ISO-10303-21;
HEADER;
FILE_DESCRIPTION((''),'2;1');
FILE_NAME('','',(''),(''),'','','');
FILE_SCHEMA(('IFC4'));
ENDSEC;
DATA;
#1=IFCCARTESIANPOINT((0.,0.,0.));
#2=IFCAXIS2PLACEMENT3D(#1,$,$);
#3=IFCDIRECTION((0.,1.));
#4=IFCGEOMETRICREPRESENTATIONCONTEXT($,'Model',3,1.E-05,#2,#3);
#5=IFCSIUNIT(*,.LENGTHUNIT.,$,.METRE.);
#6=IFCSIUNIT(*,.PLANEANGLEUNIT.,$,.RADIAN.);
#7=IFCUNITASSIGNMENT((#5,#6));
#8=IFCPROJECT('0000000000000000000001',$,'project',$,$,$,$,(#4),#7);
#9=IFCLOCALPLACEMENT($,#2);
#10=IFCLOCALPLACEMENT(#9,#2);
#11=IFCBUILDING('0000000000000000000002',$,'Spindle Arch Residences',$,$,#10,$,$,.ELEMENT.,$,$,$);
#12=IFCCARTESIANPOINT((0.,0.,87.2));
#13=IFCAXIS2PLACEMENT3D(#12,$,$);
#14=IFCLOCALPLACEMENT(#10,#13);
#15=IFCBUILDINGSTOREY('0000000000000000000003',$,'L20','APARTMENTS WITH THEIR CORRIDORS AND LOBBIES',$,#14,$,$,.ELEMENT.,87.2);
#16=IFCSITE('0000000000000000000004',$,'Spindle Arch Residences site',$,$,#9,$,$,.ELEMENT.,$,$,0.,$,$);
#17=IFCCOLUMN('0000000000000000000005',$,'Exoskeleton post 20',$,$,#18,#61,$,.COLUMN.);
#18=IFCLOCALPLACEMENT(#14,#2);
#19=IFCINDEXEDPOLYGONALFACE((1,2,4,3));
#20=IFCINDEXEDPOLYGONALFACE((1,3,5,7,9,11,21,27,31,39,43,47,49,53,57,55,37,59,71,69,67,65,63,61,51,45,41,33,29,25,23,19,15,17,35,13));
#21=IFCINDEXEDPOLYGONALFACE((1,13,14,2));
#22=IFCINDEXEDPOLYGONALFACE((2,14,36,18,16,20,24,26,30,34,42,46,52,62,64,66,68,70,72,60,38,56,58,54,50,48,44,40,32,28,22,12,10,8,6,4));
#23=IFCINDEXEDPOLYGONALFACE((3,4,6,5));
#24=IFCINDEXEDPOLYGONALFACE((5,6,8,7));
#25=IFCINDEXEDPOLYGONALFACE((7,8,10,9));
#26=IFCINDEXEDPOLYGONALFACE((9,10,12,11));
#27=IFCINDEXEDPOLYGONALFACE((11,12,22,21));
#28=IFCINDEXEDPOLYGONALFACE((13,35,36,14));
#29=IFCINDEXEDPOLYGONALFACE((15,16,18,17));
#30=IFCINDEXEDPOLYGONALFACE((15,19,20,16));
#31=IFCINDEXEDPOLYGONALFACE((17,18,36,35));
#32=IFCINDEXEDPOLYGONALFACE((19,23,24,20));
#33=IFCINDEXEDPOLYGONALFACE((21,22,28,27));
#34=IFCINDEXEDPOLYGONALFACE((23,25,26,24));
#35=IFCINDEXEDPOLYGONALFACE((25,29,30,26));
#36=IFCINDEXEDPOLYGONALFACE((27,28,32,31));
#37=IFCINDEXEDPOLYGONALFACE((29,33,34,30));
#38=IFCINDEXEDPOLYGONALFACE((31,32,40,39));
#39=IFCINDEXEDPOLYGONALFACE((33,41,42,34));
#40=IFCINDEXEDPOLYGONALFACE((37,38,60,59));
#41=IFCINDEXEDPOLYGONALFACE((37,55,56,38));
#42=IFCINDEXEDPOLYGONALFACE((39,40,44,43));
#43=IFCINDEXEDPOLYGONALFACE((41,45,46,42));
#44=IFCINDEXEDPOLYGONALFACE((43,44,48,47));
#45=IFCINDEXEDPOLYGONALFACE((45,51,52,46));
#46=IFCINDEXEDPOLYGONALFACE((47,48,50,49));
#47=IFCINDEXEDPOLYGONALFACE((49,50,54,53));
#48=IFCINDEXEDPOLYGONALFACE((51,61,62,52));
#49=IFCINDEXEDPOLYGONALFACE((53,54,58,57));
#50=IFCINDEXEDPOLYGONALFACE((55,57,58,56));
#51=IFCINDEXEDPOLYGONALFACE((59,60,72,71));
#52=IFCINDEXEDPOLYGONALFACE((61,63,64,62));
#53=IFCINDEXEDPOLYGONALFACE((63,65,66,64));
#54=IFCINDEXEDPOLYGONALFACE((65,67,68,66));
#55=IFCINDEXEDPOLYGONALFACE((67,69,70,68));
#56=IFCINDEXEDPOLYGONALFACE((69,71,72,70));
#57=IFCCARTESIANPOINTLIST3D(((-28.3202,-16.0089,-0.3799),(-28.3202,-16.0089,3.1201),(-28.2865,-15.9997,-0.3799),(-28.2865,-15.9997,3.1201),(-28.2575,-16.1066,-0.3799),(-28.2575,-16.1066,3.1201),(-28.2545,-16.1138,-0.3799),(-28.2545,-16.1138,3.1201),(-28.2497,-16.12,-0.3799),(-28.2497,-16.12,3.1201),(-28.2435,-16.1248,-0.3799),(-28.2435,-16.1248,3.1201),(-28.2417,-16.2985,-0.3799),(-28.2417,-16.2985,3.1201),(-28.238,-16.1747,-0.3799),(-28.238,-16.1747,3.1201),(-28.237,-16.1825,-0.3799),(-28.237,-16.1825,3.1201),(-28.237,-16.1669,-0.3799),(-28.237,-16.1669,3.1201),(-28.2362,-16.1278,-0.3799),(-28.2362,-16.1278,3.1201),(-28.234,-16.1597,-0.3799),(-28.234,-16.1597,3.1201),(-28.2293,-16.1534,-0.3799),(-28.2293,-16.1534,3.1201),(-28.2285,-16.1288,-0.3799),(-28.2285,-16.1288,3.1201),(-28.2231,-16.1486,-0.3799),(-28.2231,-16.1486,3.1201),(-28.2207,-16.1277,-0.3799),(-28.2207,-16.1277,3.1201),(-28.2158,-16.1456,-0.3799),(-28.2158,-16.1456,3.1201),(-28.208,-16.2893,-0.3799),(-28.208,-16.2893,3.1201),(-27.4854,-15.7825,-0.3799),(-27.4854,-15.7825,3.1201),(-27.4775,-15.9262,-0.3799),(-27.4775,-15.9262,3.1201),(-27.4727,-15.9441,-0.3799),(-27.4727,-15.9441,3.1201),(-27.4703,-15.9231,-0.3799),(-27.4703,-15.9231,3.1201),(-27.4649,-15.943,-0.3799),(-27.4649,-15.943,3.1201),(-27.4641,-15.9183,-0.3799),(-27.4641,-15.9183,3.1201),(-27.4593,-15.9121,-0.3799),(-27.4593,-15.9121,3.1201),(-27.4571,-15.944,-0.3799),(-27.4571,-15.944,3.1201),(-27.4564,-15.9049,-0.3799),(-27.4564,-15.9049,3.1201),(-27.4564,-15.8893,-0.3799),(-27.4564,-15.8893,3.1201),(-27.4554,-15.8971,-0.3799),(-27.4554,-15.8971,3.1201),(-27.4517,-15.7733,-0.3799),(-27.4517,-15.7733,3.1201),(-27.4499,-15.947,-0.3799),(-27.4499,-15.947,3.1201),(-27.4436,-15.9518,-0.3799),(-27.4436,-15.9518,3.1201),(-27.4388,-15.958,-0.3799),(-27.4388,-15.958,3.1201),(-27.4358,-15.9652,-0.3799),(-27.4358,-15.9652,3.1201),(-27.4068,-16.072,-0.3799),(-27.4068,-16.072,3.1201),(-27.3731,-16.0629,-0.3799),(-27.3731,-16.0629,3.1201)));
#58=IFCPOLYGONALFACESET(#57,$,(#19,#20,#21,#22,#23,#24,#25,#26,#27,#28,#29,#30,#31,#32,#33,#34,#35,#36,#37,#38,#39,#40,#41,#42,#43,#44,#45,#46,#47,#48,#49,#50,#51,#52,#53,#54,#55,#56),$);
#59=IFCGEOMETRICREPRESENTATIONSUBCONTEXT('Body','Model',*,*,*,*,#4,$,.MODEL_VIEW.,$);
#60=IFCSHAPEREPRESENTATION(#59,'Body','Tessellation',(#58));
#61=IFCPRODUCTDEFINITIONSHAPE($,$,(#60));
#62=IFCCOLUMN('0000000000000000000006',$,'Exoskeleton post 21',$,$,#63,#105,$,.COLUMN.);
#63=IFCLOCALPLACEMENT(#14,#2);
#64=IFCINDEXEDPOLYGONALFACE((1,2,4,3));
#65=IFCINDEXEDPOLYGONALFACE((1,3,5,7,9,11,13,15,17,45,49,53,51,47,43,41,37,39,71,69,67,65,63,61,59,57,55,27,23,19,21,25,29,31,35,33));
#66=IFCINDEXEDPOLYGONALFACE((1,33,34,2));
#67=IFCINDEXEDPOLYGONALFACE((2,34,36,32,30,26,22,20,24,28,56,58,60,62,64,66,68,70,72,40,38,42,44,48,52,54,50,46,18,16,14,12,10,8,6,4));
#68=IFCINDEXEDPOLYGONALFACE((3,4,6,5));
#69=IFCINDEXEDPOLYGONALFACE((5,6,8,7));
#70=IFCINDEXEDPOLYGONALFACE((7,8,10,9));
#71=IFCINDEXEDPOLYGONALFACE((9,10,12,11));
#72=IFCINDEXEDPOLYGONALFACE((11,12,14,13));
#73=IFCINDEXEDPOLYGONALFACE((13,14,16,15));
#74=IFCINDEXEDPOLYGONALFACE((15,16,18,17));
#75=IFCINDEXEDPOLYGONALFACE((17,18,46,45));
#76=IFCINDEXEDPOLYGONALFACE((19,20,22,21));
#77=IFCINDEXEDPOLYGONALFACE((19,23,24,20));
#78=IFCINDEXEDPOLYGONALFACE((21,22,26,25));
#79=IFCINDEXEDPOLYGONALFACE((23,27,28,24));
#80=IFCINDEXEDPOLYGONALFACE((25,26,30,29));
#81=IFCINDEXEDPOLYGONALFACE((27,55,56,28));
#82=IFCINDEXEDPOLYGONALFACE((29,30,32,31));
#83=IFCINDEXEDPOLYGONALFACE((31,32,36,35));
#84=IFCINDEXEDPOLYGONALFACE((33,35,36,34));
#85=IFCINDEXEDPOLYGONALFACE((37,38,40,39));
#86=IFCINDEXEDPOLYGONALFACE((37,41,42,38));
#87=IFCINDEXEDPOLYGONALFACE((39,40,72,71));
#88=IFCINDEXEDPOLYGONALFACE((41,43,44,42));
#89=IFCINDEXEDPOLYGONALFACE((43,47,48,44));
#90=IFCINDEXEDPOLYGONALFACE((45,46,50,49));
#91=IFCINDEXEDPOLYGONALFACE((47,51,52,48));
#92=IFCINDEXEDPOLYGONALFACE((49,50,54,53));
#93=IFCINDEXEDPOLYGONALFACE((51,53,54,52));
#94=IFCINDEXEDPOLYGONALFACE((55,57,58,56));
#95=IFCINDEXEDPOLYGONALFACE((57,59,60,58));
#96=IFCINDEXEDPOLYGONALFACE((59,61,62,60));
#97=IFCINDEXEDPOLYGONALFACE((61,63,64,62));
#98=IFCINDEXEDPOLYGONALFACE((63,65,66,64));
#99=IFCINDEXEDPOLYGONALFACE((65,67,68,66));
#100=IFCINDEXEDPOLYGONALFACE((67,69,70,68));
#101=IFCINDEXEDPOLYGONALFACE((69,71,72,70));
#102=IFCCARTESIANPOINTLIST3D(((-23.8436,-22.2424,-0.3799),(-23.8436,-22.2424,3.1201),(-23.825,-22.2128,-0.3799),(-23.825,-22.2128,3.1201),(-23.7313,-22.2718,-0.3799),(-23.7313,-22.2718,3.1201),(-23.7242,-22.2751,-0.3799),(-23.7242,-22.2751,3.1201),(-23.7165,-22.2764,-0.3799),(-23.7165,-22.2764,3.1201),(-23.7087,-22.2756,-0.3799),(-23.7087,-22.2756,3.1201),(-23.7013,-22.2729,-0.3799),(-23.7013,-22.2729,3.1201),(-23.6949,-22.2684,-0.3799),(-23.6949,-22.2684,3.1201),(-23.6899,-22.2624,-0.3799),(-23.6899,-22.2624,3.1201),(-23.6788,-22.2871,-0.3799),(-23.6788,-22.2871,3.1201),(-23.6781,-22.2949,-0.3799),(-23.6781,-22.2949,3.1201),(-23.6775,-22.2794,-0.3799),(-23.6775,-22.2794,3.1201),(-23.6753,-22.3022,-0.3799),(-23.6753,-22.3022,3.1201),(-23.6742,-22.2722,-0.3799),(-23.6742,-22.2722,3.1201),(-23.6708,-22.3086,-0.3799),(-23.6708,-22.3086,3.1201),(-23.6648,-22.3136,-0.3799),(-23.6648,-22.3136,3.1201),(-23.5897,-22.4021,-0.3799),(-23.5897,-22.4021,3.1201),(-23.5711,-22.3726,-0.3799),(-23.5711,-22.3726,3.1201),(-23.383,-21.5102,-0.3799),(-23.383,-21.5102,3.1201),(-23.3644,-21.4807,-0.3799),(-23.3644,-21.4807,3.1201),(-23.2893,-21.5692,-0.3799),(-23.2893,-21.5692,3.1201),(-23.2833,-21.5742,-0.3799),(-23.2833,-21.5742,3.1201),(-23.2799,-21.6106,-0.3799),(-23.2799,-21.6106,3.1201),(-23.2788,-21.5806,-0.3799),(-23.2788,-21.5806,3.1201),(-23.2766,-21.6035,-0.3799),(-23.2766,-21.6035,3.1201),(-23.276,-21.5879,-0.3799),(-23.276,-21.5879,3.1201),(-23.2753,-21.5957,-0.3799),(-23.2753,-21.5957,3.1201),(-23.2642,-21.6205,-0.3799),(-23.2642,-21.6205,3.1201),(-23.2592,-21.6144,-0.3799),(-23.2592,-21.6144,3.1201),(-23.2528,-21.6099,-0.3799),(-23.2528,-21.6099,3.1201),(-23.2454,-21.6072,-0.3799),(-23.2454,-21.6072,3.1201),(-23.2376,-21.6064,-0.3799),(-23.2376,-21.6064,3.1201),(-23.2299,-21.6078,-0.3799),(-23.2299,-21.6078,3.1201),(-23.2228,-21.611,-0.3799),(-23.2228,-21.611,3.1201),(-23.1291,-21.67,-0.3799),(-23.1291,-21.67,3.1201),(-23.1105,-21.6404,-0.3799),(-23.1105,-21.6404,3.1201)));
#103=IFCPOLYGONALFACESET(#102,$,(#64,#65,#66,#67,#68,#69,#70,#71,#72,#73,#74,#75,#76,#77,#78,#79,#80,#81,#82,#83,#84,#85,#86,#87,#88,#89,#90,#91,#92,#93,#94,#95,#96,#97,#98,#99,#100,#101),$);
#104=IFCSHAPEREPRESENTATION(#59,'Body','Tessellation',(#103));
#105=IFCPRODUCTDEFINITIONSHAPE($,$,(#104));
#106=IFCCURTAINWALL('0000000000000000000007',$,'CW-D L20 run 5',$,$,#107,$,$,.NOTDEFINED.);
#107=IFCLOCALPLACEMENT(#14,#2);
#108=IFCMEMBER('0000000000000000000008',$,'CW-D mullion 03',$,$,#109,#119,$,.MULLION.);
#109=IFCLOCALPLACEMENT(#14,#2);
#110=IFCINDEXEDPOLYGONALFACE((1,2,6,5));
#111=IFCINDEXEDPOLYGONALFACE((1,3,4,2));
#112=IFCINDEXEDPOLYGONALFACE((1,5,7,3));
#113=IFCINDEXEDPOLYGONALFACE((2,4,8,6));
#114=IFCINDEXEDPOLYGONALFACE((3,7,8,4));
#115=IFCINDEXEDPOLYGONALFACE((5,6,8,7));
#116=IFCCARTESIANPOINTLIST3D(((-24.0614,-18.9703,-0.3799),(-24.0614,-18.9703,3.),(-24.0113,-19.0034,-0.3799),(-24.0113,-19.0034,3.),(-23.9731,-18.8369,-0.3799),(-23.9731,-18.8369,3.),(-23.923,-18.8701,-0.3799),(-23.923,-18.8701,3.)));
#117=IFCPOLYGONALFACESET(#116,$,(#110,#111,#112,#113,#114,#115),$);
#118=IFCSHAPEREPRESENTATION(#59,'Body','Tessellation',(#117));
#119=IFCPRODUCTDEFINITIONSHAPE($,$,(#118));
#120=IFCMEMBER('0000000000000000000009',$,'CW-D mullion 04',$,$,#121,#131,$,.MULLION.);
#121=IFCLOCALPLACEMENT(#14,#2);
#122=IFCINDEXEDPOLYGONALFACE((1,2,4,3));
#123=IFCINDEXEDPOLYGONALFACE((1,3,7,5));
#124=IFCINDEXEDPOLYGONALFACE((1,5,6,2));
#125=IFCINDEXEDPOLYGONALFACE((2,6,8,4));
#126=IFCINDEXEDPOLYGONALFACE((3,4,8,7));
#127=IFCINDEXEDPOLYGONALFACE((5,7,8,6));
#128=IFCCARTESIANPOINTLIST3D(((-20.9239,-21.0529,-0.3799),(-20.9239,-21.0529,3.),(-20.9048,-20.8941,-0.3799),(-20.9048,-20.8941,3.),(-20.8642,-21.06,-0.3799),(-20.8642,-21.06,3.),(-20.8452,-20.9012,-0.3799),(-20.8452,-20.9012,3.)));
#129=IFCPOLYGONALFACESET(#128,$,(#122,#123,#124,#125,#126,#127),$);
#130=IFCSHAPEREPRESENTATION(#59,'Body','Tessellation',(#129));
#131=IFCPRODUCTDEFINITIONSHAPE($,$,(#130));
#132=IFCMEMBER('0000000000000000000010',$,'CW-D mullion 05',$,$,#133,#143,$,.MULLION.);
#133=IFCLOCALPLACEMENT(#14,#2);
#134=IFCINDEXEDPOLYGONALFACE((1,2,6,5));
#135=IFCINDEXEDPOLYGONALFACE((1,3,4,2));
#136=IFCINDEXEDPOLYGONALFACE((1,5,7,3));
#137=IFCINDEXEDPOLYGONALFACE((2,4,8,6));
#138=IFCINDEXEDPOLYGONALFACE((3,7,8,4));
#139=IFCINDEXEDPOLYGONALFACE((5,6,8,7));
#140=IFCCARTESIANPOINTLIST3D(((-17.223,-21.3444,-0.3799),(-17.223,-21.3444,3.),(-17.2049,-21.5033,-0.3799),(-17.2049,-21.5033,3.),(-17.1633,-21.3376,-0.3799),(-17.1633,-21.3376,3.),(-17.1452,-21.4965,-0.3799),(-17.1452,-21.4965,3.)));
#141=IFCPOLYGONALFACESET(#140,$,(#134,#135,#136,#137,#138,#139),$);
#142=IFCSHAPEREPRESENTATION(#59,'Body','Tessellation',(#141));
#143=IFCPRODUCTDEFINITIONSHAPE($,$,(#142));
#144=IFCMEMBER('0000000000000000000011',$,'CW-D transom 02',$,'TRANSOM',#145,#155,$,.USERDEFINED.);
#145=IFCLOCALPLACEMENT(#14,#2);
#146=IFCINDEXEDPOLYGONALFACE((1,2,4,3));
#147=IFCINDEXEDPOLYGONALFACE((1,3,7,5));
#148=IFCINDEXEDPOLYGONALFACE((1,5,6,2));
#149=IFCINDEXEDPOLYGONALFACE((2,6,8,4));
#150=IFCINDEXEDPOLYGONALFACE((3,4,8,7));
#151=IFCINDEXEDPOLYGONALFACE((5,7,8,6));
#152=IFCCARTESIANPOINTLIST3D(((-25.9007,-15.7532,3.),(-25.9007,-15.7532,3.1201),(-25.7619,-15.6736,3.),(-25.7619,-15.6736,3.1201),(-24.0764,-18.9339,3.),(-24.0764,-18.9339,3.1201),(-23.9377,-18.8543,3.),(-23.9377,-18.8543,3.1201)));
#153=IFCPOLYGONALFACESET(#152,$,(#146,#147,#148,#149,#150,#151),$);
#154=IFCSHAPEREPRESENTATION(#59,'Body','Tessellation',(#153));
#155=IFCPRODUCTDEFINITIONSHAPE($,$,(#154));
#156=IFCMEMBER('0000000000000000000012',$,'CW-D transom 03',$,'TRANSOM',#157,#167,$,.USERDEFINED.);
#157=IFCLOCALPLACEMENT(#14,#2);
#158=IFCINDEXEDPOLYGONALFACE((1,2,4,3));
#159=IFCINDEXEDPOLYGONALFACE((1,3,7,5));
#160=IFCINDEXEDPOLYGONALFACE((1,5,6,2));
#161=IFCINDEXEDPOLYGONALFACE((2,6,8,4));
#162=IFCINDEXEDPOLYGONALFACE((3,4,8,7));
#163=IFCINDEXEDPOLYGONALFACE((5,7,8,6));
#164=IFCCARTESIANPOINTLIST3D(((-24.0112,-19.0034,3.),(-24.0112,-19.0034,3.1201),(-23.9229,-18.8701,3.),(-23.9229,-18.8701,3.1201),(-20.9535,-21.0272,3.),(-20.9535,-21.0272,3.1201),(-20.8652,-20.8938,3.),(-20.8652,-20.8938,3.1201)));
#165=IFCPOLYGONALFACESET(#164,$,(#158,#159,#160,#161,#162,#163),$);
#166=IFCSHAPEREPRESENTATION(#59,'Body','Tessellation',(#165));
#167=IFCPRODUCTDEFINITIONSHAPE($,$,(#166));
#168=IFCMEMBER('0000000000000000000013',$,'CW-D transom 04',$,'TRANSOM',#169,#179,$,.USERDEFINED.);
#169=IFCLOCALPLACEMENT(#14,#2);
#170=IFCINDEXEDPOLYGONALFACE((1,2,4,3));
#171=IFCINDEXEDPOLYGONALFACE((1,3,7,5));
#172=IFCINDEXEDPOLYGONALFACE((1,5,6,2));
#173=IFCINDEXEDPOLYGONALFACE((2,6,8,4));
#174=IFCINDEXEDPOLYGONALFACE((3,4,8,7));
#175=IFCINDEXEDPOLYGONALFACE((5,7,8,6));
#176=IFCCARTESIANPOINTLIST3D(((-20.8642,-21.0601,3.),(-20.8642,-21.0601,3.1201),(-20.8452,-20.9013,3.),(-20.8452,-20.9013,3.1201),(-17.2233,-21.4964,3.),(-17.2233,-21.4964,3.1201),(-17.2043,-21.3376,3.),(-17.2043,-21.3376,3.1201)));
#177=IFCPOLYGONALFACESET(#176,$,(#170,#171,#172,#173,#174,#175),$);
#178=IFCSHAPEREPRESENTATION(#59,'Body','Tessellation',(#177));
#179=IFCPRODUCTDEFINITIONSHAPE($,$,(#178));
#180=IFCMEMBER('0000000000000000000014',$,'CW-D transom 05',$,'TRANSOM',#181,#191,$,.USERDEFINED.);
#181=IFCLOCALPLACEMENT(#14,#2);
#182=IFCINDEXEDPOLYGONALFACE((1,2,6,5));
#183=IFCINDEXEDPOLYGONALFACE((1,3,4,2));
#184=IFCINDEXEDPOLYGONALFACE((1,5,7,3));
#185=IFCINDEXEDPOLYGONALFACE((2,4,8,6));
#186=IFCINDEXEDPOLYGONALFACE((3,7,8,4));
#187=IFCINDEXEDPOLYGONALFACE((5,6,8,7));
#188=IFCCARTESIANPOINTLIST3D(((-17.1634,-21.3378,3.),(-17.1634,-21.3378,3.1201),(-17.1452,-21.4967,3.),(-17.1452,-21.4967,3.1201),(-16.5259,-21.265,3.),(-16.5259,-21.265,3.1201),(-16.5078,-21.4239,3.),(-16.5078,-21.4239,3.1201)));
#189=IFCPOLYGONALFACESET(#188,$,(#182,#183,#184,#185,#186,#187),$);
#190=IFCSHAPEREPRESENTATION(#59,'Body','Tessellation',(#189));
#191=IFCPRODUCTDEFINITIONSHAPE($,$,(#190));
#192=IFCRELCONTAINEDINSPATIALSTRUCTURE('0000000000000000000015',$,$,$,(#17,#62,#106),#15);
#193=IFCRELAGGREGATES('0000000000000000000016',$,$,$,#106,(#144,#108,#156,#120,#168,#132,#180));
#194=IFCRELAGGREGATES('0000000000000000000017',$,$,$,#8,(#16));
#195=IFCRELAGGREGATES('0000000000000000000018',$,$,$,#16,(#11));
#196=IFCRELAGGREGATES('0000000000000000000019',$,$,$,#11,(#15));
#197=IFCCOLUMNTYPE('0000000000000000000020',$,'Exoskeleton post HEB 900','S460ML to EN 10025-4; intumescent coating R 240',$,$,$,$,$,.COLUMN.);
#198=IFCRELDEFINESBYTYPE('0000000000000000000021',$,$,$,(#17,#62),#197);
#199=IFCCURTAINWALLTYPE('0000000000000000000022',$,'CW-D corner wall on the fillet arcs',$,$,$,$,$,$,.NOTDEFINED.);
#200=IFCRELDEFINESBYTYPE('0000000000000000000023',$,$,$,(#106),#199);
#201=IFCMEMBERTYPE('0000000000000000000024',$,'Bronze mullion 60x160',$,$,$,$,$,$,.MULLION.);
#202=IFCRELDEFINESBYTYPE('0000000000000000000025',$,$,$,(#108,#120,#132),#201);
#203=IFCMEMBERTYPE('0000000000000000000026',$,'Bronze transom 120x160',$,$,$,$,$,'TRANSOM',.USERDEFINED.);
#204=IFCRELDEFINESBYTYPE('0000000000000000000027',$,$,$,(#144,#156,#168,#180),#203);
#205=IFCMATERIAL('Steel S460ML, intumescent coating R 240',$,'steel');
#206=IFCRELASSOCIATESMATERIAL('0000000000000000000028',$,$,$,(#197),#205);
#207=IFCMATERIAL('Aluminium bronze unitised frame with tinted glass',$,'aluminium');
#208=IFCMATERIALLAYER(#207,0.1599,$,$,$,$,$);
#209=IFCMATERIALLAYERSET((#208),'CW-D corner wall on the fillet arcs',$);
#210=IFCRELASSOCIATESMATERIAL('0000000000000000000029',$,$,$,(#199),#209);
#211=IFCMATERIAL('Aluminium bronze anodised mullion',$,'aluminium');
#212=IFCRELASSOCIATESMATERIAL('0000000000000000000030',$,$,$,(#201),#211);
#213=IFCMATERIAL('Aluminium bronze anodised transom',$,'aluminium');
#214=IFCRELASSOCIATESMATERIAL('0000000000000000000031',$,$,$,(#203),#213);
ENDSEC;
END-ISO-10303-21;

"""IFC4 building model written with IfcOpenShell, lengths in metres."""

from ifc_helpers import new_model, si_unit, direction, frame, origin, origin_2d, place, context, subcontext, project, spatial, rectangle, i_section, extrude, material, layer, layer_set, material_profile, profile_set, type_object, element, aggregate, save


model = new_model("IFC4")

# Units and contexts
model_context = context("Model", 3, precision=1e-05, world=origin(), true_north=direction((0.0, 1.0)))
body_context = subcontext(model_context, "Body", "Model", "MODEL_VIEW")
ifc_project = project(units=[si_unit("LENGTHUNIT", "METRE"), si_unit("PLANEANGLEUNIT", "RADIAN")], contexts=[model_context])

# Site, building, storey
site_placement = place(None, origin())
site = spatial("IfcSite", under=ifc_project, at=site_placement, Name="Spindle Arch Residences site", CompositionType="ELEMENT", RefElevation=0.0)
building_placement = place(site_placement, origin())
building = spatial("IfcBuilding", under=site, at=building_placement, Name="Spindle Arch Residences", CompositionType="ELEMENT")
storey_placement = place(building_placement, frame((0.0, 0.0, 87.2)))
storey = spatial("IfcBuildingStorey", under=building, at=storey_placement, Name="L20", Description="APARTMENTS WITH THEIR CORRIDORS AND LOBBIES", CompositionType="ELEMENT", Elevation=87.2)

# Columns
ifc_material_1 = material(Name="Steel S460ML, intumescent coating R 240", Category="steel")
ifc_material_profile_1 = material_profile(ifc_material_1, i_section(OverallWidth=0.3, OverallDepth=0.8999, WebThickness=0.0186, FlangeThickness=0.0349, FilletRadius=0.03, at=origin_2d()), Name="HEB 900")
ifc_profile_set_1 = profile_set([ifc_material_profile_1], Name="Steel S460ML, intumescent coating R 240")
column_type = type_object("IfcColumnType", Name="Exoskeleton post HEB 900", Description="S460ML to EN 10025-4; intumescent coating R 240", PredefinedType="COLUMN", material=ifc_profile_set_1)
for number, where, z_axis, x_axis, name in (
    (1, (-27.8467, -16.0359, -0.3799), (0.0, 0.0, 1.0), (-0.261742, 0.965138, 0.0), "Exoskeleton post 20"),
    (2, (-23.4771, -21.9414, -0.3799), (0.0, 0.0, 1.0), (-0.84644, 0.532484, 0.0), "Exoskeleton post 21"),
):
    element("IfcColumn", number, at=place(storey_placement, frame(where, z_axis=z_axis, x_axis=x_axis)), inside=storey, type_object=column_type, Name=name, PredefinedType="COLUMN", context=body_context, shape_type="SweptSolid", body=[
        extrude(i_section(OverallWidth=0.3, OverallDepth=0.8999, WebThickness=0.0186, FlangeThickness=0.0349, FilletRadius=0.03, at=origin_2d()), origin(), (0.0, 0.0, 1.0), 3.5),
    ])

# Curtain wall, members
ifc_material_2 = material(Name="Aluminium bronze unitised frame with tinted glass", Category="aluminium")
ifc_layer_1 = layer(ifc_material_2, 0.1599)
ifc_layer_set_1 = layer_set([ifc_layer_1], Name="CW-D corner wall on the fillet arcs")
curtain_wall_type = type_object("IfcCurtainWallType", Name="CW-D corner wall on the fillet arcs", PredefinedType="NOTDEFINED", material=ifc_layer_set_1)
curtain_wall_placement = place(storey_placement, origin())
curtain_wall = element("IfcCurtainWall", 3, at=curtain_wall_placement, inside=storey, type_object=curtain_wall_type, Name="CW-D L20 run 5", PredefinedType="NOTDEFINED")
ifc_material_3 = material(Name="Aluminium bronze anodised mullion", Category="aluminium")
ifc_material_profile_2 = material_profile(ifc_material_3, rectangle(XDim=0.1599, YDim=0.0601, at=origin_2d()), Name="MU 60x160")
ifc_profile_set_2 = profile_set([ifc_material_profile_2], Name="Aluminium bronze anodised mullion")
member_type_1 = type_object("IfcMemberType", Name="Bronze mullion 60x160", PredefinedType="MULLION", material=ifc_profile_set_2)
member_1_placement = place(storey_placement, frame((-23.9922, -18.9202, -0.3799), z_axis=(0.0, 0.0, 1.0), x_axis=(0.551937, 0.833886, 0.0)))
member_1 = element("IfcMember", 4, at=member_1_placement, type_object=member_type_1, Name="CW-D mullion 03", PredefinedType="MULLION", context=body_context, shape_type="SweptSolid", body=[
    extrude(rectangle(XDim=0.1599, YDim=0.0601, at=origin_2d()), origin(), (0.0, 0.0, 1.0), 3.3799),
])
member_2_placement = place(storey_placement, frame((-20.8845, -20.9771, -0.3799), z_axis=(0.0, 0.0, 1.0), x_axis=(0.118982, 0.992896, 0.0)))
member_2 = element("IfcMember", 5, at=member_2_placement, type_object=member_type_1, Name="CW-D mullion 04", PredefinedType="MULLION", context=body_context, shape_type="SweptSolid", body=[
    extrude(rectangle(XDim=0.1599, YDim=0.0601, at=origin_2d()), origin(), (0.0, 0.0, 1.0), 3.3799),
])
member_3_placement = place(storey_placement, frame((-17.1841, -21.4204, -0.3799), z_axis=(0.0, 0.0, 1.0), x_axis=(-0.113203, 0.993572, 0.0)))
member_3 = element("IfcMember", 6, at=member_3_placement, type_object=member_type_1, Name="CW-D mullion 05", PredefinedType="MULLION", context=body_context, shape_type="SweptSolid", body=[
    extrude(rectangle(XDim=0.1599, YDim=0.0601, at=origin_2d()), origin(), (0.0, 0.0, 1.0), 3.3799),
])
ifc_material_4 = material(Name="Aluminium bronze anodised transom", Category="aluminium")
ifc_material_profile_3 = material_profile(ifc_material_4, rectangle(XDim=0.1599, YDim=0.1201, at=origin_2d()), Name="TR 120x160")
ifc_profile_set_3 = profile_set([ifc_material_profile_3], Name="Aluminium bronze anodised transom")
member_type_2 = type_object("IfcMemberType", Name="Bronze transom 120x160", ElementType="TRANSOM", PredefinedType="USERDEFINED", material=ifc_profile_set_3)
member_4_placement = place(storey_placement, frame((-25.8313, -15.7134, 3.0601), z_axis=(0.497515, -0.867455, 0.0), x_axis=(0.867455, 0.497515, 0.0)))
member_4 = element("IfcMember", 7, at=member_4_placement, type_object=member_type_2, Name="CW-D transom 02", ObjectType="TRANSOM", PredefinedType="USERDEFINED", context=body_context, shape_type="SweptSolid", body=[
    extrude(rectangle(XDim=0.1599, YDim=0.1201, at=origin_2d()), origin(), (0.0, 0.0, 1.0), 3.6667),
])
member_5_placement = place(storey_placement, frame((-23.967, -18.9368, 3.0601), z_axis=(0.8339, -0.551916, 0.0), x_axis=(0.551916, 0.8339, 0.0)))
member_5 = element("IfcMember", 8, at=member_5_placement, type_object=member_type_2, Name="CW-D transom 03", ObjectType="TRANSOM", PredefinedType="USERDEFINED", context=body_context, shape_type="SweptSolid", body=[
    extrude(rectangle(XDim=0.1599, YDim=0.1201, at=origin_2d()), origin(), (0.0, 0.0, 1.0), 3.6667),
])
member_6_placement = place(storey_placement, frame((-20.8547, -20.9807, 3.0601), z_axis=(0.992897, -0.118977, 0.0), x_axis=(0.118977, 0.992897, 0.0)))
member_6 = element("IfcMember", 9, at=member_6_placement, type_object=member_type_2, Name="CW-D transom 04", ObjectType="TRANSOM", PredefinedType="USERDEFINED", context=body_context, shape_type="SweptSolid", body=[
    extrude(rectangle(XDim=0.1599, YDim=0.1201, at=origin_2d()), origin(), (0.0, 0.0, 1.0), 3.667),
])
member_7_placement = place(storey_placement, frame((-17.1543, -21.4172, 3.0601), z_axis=(0.99355, 0.113396, 0.0), x_axis=(-0.113396, 0.99355, 0.0)))
member_7 = element("IfcMember", 10, at=member_7_placement, type_object=member_type_2, Name="CW-D transom 05", ObjectType="TRANSOM", PredefinedType="USERDEFINED", context=body_context, shape_type="SweptSolid", body=[
    extrude(rectangle(XDim=0.1599, YDim=0.1201, at=origin_2d()), origin(), (0.0, 0.0, 1.0), 0.6416),
])

aggregate(curtain_wall, [member_4, member_1, member_5, member_2, member_6, member_3, member_7])

save(model, "model.ifc")
